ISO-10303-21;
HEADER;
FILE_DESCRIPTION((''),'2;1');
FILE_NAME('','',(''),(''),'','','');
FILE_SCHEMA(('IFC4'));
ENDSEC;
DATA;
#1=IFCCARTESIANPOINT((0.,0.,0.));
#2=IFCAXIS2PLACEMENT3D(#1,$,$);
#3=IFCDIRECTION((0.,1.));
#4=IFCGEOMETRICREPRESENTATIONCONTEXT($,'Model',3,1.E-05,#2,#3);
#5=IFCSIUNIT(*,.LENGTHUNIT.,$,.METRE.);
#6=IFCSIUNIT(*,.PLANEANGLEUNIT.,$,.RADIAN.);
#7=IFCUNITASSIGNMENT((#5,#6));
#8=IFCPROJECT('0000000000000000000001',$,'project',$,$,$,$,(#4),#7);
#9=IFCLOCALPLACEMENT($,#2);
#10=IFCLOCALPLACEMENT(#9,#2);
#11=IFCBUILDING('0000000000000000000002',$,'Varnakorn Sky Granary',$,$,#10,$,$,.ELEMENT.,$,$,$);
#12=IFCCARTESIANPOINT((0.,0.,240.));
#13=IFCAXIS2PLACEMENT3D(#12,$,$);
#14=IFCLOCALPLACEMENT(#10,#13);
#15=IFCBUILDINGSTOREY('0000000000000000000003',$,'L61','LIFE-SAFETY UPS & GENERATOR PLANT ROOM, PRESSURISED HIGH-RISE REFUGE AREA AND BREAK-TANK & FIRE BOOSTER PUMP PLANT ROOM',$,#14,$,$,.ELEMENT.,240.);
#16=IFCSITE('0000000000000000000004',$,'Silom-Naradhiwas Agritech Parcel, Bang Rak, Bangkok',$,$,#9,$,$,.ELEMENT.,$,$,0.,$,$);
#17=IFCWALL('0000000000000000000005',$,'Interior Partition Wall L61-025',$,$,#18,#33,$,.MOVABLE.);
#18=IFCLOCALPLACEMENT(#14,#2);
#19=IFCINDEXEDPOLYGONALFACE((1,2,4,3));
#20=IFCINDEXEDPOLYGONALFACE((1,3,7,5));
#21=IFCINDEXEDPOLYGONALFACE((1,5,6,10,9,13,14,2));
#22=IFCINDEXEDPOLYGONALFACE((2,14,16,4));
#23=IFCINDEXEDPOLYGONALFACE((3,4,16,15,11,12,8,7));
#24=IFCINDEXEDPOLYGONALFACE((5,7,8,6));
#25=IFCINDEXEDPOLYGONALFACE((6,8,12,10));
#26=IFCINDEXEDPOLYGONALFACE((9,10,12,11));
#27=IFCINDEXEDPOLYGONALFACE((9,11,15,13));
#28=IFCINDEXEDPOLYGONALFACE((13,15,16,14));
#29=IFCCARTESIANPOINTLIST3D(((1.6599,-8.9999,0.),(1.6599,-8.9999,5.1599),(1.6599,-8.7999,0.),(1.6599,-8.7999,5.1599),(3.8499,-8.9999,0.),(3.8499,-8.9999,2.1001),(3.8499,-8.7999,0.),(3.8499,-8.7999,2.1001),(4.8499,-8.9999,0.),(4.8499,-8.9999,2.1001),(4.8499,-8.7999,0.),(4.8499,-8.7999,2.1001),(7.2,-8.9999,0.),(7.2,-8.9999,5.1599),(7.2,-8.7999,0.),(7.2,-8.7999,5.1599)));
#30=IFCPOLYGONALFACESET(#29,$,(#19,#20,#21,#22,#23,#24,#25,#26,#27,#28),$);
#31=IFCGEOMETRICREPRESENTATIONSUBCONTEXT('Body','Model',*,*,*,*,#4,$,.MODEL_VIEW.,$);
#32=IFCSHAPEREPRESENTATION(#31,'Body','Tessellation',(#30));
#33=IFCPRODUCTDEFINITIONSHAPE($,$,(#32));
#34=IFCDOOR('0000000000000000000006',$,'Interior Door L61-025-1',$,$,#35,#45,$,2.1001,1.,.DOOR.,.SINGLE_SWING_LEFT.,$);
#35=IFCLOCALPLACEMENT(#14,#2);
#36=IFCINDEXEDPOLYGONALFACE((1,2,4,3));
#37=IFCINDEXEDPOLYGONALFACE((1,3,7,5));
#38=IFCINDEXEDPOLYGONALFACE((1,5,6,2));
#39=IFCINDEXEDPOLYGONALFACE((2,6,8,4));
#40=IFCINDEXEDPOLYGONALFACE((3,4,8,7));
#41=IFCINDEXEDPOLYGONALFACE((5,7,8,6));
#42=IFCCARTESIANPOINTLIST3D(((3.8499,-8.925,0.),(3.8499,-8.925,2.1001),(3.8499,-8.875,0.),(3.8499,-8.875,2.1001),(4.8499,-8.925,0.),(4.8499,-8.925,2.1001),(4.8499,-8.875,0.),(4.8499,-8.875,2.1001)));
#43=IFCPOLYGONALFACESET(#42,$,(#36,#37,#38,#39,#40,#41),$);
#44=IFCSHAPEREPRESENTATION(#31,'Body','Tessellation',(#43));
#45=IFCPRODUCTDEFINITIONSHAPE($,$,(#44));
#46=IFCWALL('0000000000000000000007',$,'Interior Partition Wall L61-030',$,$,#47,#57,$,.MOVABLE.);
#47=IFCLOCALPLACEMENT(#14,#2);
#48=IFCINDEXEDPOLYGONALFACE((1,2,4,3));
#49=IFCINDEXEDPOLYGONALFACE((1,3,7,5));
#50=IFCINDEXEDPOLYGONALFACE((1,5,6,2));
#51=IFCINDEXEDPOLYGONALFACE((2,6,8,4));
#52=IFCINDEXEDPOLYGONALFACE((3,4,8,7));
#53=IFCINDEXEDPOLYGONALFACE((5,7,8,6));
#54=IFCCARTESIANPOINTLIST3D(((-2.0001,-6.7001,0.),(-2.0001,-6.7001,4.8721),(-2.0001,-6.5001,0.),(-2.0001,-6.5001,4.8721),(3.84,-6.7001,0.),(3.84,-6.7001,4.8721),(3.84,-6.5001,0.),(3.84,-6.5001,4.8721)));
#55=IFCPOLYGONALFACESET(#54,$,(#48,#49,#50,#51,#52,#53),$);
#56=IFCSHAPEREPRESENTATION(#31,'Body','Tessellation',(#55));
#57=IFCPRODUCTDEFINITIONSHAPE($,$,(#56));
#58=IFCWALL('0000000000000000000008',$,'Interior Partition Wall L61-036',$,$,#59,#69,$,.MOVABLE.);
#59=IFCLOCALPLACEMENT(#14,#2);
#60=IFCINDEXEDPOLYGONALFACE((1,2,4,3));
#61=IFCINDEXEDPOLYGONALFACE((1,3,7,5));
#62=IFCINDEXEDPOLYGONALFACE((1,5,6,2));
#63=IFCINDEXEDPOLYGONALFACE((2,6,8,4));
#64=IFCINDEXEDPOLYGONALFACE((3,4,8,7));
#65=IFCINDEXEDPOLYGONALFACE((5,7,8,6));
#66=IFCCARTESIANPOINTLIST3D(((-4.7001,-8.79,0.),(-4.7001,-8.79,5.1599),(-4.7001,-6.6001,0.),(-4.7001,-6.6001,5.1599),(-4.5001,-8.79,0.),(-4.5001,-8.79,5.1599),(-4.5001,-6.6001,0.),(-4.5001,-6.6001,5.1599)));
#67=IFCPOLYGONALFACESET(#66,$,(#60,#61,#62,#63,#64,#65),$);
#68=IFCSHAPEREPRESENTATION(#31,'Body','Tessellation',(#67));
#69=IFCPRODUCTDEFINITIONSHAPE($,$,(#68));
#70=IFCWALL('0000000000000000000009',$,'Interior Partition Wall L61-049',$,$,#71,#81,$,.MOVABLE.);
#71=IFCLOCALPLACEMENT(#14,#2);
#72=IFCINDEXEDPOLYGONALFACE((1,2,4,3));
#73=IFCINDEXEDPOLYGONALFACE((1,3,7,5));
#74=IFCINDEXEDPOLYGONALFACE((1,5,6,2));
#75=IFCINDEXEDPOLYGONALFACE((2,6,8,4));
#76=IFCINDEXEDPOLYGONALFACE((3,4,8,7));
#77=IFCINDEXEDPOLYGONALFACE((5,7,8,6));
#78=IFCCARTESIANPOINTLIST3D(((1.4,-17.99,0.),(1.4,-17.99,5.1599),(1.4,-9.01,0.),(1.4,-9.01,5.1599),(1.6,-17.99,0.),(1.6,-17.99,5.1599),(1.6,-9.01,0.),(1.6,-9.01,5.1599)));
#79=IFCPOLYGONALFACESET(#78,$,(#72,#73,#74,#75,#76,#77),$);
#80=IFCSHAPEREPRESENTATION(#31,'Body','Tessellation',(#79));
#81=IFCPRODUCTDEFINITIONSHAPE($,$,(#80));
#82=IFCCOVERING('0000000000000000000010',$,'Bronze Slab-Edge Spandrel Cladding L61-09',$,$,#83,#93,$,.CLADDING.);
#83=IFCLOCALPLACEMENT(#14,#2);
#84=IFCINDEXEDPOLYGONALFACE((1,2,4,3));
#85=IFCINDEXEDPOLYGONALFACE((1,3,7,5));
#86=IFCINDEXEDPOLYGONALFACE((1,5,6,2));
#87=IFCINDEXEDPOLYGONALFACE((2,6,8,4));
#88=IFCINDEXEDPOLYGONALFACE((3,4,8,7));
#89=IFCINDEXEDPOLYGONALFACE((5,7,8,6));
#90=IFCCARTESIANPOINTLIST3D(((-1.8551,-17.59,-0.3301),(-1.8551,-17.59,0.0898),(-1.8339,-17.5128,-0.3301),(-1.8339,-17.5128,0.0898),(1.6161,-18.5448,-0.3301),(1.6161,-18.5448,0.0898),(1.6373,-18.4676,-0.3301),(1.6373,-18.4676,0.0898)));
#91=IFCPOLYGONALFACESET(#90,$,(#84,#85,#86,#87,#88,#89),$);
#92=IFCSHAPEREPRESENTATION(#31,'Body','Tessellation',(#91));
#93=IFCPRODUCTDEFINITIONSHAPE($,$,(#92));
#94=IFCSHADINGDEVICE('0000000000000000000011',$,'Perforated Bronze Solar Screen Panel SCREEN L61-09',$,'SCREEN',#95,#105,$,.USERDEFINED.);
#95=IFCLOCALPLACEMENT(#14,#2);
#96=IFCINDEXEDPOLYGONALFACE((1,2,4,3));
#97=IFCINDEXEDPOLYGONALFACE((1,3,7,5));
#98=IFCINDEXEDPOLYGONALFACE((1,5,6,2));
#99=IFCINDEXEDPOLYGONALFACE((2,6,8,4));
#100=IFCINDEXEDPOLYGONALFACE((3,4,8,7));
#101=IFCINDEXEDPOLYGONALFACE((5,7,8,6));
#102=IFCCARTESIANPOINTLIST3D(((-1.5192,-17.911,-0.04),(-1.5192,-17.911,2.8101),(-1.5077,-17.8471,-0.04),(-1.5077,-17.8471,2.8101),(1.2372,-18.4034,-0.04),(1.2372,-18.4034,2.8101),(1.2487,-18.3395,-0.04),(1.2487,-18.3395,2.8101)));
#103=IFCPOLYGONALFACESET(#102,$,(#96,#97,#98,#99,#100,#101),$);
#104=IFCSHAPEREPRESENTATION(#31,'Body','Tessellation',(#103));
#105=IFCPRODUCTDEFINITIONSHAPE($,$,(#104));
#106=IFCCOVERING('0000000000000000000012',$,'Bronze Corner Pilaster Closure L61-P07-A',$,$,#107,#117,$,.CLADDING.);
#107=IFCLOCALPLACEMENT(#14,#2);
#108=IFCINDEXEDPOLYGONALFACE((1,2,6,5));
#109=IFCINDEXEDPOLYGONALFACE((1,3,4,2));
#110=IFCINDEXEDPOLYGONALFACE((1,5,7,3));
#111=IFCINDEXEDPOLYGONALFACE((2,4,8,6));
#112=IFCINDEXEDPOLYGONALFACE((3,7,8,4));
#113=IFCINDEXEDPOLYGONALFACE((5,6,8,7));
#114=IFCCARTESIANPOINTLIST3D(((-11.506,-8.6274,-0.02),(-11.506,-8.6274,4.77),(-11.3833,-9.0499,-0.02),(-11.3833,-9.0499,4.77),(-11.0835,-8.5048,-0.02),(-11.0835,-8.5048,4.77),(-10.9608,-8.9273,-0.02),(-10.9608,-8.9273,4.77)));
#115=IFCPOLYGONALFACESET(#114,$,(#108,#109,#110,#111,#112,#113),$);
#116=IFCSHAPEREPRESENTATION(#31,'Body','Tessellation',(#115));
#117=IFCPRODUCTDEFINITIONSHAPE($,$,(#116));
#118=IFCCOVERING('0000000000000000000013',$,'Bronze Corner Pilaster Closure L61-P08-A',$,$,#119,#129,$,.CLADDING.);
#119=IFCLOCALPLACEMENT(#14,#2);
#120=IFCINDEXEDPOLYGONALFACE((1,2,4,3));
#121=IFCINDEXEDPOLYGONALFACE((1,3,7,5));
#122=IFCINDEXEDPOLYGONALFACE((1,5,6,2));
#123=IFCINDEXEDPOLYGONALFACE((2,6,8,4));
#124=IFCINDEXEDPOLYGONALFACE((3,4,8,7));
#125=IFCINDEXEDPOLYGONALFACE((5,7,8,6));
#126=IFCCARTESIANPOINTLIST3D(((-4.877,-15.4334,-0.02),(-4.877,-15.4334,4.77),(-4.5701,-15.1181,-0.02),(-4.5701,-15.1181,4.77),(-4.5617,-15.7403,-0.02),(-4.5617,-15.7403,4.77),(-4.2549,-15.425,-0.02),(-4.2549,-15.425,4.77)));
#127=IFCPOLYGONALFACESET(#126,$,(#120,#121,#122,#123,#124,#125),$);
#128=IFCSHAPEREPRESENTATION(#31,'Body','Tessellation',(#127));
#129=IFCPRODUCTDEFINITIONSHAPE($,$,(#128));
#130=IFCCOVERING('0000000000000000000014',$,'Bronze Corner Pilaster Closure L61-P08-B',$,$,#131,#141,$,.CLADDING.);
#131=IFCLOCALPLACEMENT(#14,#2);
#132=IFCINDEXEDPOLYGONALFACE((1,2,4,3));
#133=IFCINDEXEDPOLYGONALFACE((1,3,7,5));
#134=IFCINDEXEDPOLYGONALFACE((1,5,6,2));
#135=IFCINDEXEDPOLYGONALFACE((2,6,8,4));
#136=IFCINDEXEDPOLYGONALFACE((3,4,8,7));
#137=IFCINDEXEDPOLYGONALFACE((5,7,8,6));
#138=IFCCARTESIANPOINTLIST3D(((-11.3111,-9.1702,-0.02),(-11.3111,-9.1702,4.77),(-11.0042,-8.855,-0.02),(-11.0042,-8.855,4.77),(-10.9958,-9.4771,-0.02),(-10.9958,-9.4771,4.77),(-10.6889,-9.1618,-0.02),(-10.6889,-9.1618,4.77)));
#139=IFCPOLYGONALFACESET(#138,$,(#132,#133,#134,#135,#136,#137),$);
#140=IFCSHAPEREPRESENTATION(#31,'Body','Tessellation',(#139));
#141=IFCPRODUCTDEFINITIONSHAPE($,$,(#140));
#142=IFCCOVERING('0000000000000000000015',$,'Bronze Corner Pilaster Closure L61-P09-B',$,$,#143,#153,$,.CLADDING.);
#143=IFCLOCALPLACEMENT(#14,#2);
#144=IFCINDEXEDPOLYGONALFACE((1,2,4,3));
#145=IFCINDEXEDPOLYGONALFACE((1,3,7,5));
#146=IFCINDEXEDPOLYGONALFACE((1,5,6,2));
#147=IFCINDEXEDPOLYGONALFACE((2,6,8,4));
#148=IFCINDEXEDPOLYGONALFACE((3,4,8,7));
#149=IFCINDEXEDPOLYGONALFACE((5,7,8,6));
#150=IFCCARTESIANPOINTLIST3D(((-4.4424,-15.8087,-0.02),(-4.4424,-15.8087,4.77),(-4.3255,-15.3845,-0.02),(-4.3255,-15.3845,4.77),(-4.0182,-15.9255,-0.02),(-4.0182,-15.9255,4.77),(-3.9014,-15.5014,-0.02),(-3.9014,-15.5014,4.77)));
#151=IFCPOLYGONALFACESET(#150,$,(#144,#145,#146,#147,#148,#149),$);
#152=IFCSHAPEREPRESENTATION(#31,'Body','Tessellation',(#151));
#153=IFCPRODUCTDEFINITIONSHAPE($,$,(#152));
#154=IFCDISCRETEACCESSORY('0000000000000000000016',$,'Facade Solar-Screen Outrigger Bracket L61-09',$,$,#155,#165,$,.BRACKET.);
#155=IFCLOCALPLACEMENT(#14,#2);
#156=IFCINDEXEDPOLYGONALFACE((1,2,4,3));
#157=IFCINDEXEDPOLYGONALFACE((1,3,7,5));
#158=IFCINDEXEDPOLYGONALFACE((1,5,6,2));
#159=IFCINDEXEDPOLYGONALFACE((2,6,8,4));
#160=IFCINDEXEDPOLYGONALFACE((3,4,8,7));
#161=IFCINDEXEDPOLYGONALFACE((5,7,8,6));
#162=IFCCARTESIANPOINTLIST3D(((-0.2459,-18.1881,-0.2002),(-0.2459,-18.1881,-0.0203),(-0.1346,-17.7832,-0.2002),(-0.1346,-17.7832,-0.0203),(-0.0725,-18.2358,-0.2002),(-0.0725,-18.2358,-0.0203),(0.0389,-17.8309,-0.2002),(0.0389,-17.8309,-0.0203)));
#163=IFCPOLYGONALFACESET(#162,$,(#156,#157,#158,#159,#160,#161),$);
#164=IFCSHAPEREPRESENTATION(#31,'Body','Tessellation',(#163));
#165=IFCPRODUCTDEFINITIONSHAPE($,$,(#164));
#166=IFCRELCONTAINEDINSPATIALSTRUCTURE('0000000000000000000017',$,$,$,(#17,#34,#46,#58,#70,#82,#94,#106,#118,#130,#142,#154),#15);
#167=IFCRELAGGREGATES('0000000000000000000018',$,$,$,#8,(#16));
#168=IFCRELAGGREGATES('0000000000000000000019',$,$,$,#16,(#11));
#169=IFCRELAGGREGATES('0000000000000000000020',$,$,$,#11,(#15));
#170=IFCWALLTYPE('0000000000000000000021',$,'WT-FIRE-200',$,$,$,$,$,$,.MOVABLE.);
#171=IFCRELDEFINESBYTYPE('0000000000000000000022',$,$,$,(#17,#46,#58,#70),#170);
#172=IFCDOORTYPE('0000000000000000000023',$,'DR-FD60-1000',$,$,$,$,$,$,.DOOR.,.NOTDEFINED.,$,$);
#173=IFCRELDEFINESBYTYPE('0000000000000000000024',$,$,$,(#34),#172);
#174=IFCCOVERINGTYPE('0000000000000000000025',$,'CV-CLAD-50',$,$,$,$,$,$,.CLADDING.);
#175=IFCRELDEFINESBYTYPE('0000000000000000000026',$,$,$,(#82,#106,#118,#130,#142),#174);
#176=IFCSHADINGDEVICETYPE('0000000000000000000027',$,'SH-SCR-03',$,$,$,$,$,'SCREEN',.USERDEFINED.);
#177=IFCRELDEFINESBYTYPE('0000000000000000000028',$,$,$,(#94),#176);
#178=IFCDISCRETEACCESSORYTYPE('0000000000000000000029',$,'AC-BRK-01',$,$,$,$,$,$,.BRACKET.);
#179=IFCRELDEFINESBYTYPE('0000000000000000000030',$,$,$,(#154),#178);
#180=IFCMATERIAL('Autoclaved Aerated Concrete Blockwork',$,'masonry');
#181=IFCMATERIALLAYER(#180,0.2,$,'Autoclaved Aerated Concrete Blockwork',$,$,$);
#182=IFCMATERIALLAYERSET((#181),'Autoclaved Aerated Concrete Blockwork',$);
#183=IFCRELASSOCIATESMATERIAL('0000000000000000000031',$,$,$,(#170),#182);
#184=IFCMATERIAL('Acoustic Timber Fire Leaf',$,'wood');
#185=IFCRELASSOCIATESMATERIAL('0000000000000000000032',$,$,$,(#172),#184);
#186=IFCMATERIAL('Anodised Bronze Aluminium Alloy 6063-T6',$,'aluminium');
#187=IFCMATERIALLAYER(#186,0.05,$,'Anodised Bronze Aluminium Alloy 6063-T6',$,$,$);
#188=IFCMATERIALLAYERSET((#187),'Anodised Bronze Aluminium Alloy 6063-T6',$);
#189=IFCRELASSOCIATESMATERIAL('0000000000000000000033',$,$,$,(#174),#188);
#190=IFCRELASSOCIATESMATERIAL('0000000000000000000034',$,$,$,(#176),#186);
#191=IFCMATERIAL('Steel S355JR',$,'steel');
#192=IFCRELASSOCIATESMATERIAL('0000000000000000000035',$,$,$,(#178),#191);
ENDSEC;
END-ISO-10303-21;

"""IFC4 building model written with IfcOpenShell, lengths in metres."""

from ifc_helpers import new_model, si_unit, direction, frame, frame_2d, origin, origin_2d, place, context, subcontext, project, spatial, rectangle, extrude, source, transform, mapped, material, layer, layer_set, type_object, type_shapes, element, fill, save


model = new_model("IFC4")

# Units and contexts
model_context = context("Model", 3, precision=1e-05, world=origin(), true_north=direction((0.0, 1.0)))
body_context = subcontext(model_context, "Body", "Model", "MODEL_VIEW")
ifc_project = project(units=[si_unit("LENGTHUNIT", "METRE"), si_unit("PLANEANGLEUNIT", "RADIAN")], contexts=[model_context])

# Site, building, storey
site_placement = place(None, origin())
site = spatial("IfcSite", under=ifc_project, at=site_placement, Name="Silom-Naradhiwas Agritech Parcel, Bang Rak, Bangkok", CompositionType="ELEMENT", RefElevation=0.0)
building_placement = place(site_placement, origin())
building = spatial("IfcBuilding", under=site, at=building_placement, Name="Varnakorn Sky Granary", CompositionType="ELEMENT")
storey_placement = place(building_placement, frame((0.0, 0.0, 240.0)))
storey = spatial("IfcBuildingStorey", under=building, at=storey_placement, Name="L61", Description="LIFE-SAFETY UPS & GENERATOR PLANT ROOM, PRESSURISED HIGH-RISE REFUGE AREA AND BREAK-TANK & FIRE BOOSTER PUMP PLANT ROOM", CompositionType="ELEMENT", Elevation=240.0)

# Shared definitions
ifc_material_1 = material(Name="Steel S355JR", Category="steel")

# Wall, opening, door
ifc_material_2 = material(Name="Autoclaved Aerated Concrete Blockwork", Category="masonry")
ifc_layer_1 = layer(ifc_material_2, 0.2, Name="Autoclaved Aerated Concrete Blockwork")
ifc_layer_set_1 = layer_set([ifc_layer_1], Name="Autoclaved Aerated Concrete Blockwork")
wall_type_1 = type_object("IfcWallType", Name="WT-FIRE-200", PredefinedType="MOVABLE", material=ifc_layer_set_1)
ifc_material_3 = material(Name="Acoustic Timber Fire Leaf", Category="wood")
door_type = type_object("IfcDoorType", Name="DR-FD60-1000", OperationType="NOTDEFINED", PredefinedType="DOOR", material=ifc_material_3)
wall_1_placement = place(storey_placement, frame((1.6599, -8.8999, 0.0), z_axis=(0.0, 0.0, 1.0), x_axis=(1.0, 0.0, 0.0)))
wall_1 = element("IfcWall", 1, at=wall_1_placement, inside=storey, type_object=wall_type_1, Name="Interior Partition Wall L61-025", PredefinedType="MOVABLE", context=body_context, shape_type="SweptSolid", body=[
    extrude(rectangle(XDim=5.54, YDim=0.2, at=frame_2d((2.77, 0.0))), origin(), (0.0, 0.0, 1.0), 5.1599),
])
opening_1_placement = place(wall_1_placement, frame((2.1899, 0.0, 0.0)))
opening_1 = element("IfcOpeningElement", 2, at=opening_1_placement, cuts=wall_1, PredefinedType="OPENING", context=body_context, shape_type="SweptSolid", body=[
    extrude(rectangle(XDim=1.0, YDim=2.1001, at=frame_2d((0.5, 1.05))), frame((0.0, 0.1099, 0.0), z_axis=(0.0, -1.0, 0.0), x_axis=(1.0, 0.0, 0.0)), (0.0, 0.0, 1.0), 0.22),
])
door_1_placement = place(opening_1_placement, origin())
door_1 = element("IfcDoor", 3, at=door_1_placement, inside=storey, type_object=door_type, Name="Interior Door L61-025-1", OperationType="SINGLE_SWING_LEFT", OverallHeight=2.1001, OverallWidth=1.0, PredefinedType="DOOR", context=body_context, shape_type="SweptSolid", body=[
    extrude(rectangle(XDim=1.0, YDim=2.1001, at=frame_2d((0.5, 1.05))), frame((0.0, 0.0249, 0.0), z_axis=(0.0, -1.0, 0.0), x_axis=(1.0, 0.0, 0.0)), (0.0, 0.0, 1.0), 0.05),
])
fill(opening_1, door_1)

# Walls
wall_2_placement = place(storey_placement, frame((-2.0, -6.6001, 0.0), z_axis=(0.0, 0.0, 1.0), x_axis=(1.0, 0.0, 0.0)))
element("IfcWall", 4, at=wall_2_placement, inside=storey, type_object=wall_type_1, Name="Interior Partition Wall L61-030", PredefinedType="MOVABLE", context=body_context, shape_type="SweptSolid", body=[
    extrude(rectangle(XDim=5.8401, YDim=0.2, at=frame_2d((2.9199, 0.0))), origin(), (0.0, 0.0, 1.0), 4.8721),
])
wall_3_placement = place(storey_placement, frame((-4.6001, -6.6001, 0.0), z_axis=(0.0, 0.0, 1.0), x_axis=(0.0, -1.0, 0.0)))
element("IfcWall", 5, at=wall_3_placement, inside=storey, type_object=wall_type_1, Name="Interior Partition Wall L61-036", PredefinedType="MOVABLE", context=body_context, shape_type="SweptSolid", body=[
    extrude(rectangle(XDim=2.1899, YDim=0.2, at=frame_2d((1.095, 0.0))), origin(), (0.0, 0.0, 1.0), 5.1599),
])
wall_4_placement = place(storey_placement, frame((1.5, -9.01, 0.0), z_axis=(0.0, 0.0, 1.0), x_axis=(0.0, -1.0, 0.0)))
element("IfcWall", 6, at=wall_4_placement, inside=storey, type_object=wall_type_1, Name="Interior Partition Wall L61-049", PredefinedType="MOVABLE", context=body_context, shape_type="SweptSolid", body=[
    extrude(rectangle(XDim=8.98, YDim=0.2, at=frame_2d((4.49, 0.0))), origin(), (0.0, 0.0, 1.0), 5.1599),
])

# Covering
ifc_material_4 = material(Name="Anodised Bronze Aluminium Alloy 6063-T6", Category="aluminium")
ifc_layer_2 = layer(ifc_material_4, 0.05, Name="Anodised Bronze Aluminium Alloy 6063-T6")
ifc_layer_set_2 = layer_set([ifc_layer_2], Name="Anodised Bronze Aluminium Alloy 6063-T6")
covering_type = type_object("IfcCoveringType", Name="CV-CLAD-50", PredefinedType="CLADDING", material=ifc_layer_set_2)
shared_shape_1 = source(origin(), body_context, "Body", "SweptSolid", [
    extrude(rectangle(XDim=3.6001, YDim=0.0801, at=origin_2d()), origin(), (0.0, 0.0, 1.0), 0.4199),
])
covering_placement = place(storey_placement, frame((-0.1089, -18.0288, -0.3301), z_axis=(0.0, 0.0, 1.0), x_axis=(0.964193, -0.265202, 0.0)))
element("IfcCovering", 7, at=covering_placement, inside=storey, type_object=covering_type, Name="Bronze Slab-Edge Spandrel Cladding L61-09", PredefinedType="CLADDING", context=body_context, shape_type="MappedRepresentation", body=[
    mapped(shared_shape_1, transform((0.0, 0.0, 0.0), x_axis=(1.0, 0.0, 0.0), y_axis=(0.0, 1.0, 0.0), z_axis=(0.0, 0.0, 1.0), scale=1.0)),
])

# Shading device
shading_device_type = type_object("IfcShadingDeviceType", Name="SH-SCR-03", ElementType="SCREEN", PredefinedType="USERDEFINED", material=ifc_material_4)
shared_shape_2 = source(origin(), body_context, "Body", "SweptSolid", [
    extrude(rectangle(XDim=2.8, YDim=0.0649, at=origin_2d()), origin(), (0.0, 0.0, 1.0), 2.8501),
])
type_shapes(shading_device_type, [shared_shape_2])
shading_device_placement = place(storey_placement, frame((-0.1353, -18.1252, -0.04), z_axis=(0.0, 0.0, 1.0), x_axis=(0.984414, -0.175864, 0.0)))
element("IfcShadingDevice", 8, at=shading_device_placement, inside=storey, type_object=shading_device_type, Name="Perforated Bronze Solar Screen Panel SCREEN L61-09", ObjectType="SCREEN", PredefinedType="USERDEFINED", context=body_context, shape_type="MappedRepresentation", body=[
    mapped(shared_shape_2, transform((0.0, 0.0, 0.0), x_axis=(1.0, 0.0, 0.0), y_axis=(0.0, 1.0, 0.0), z_axis=(0.0, 0.0, 1.0), scale=1.0)),
])

# Coverings
shared_shape_3 = source(origin(), body_context, "Body", "SweptSolid", [
    extrude(rectangle(XDim=0.4399, YDim=0.4399, at=origin_2d()), origin(), (0.0, 0.0, 1.0), 4.79),
])
type_shapes(covering_type, [shared_shape_1, shared_shape_3])
for number, where, z_axis, x_axis, name in (
    (9, (-11.2334, -8.7773, -0.02), (0.0, 0.0, 1.0), (-0.278823, 0.960342, 0.0), "Bronze Corner Pilaster Closure L61-P07-A"),
    (10, (-4.5659, -15.4292, -0.02), (0.0, 0.0, 1.0), (-0.716545, 0.69754, 0.0), "Bronze Corner Pilaster Closure L61-P08-A"),
    (11, (-11.0, -9.166, -0.02), (0.0, 0.0, 1.0), (-0.716545, 0.69754, 0.0), "Bronze Corner Pilaster Closure L61-P08-B"),
    (12, (-4.1719, -15.655, -0.02), (0.0, 0.0, 1.0), (-0.964095, 0.265556, 0.0), "Bronze Corner Pilaster Closure L61-P09-B"),
):
    element("IfcCovering", number, at=place(storey_placement, frame(where, z_axis=z_axis, x_axis=x_axis)), inside=storey, type_object=covering_type, Name=name, PredefinedType="CLADDING", context=body_context, shape_type="MappedRepresentation", body=[
        mapped(shared_shape_3, transform((0.0, 0.0, 0.0), x_axis=(1.0, 0.0, 0.0), y_axis=(0.0, 1.0, 0.0), z_axis=(0.0, 0.0, 1.0), scale=1.0)),
    ])

# Discrete accessory
discrete_accessory_type = type_object("IfcDiscreteAccessoryType", Name="AC-BRK-01", PredefinedType="BRACKET", material=ifc_material_1)
shared_shape_4 = source(origin(), body_context, "Body", "SweptSolid", [
    extrude(rectangle(XDim=0.1799, YDim=0.4199, at=origin_2d()), origin(), (0.0, 0.0, 1.0), 0.1799),
])
type_shapes(discrete_accessory_type, [shared_shape_4])
discrete_accessory_placement = place(storey_placement, frame((-0.1035, -18.0095, -0.2002), z_axis=(0.0, 0.0, 1.0), x_axis=(0.964193, -0.265202, 0.0)))
element("IfcDiscreteAccessory", 13, at=discrete_accessory_placement, inside=storey, type_object=discrete_accessory_type, Name="Facade Solar-Screen Outrigger Bracket L61-09", PredefinedType="BRACKET", context=body_context, shape_type="MappedRepresentation", body=[
    mapped(shared_shape_4, transform((0.0, 0.0, 0.0), x_axis=(1.0, 0.0, 0.0), y_axis=(0.0, 1.0, 0.0), z_axis=(0.0, 0.0, 1.0), scale=1.0)),
])

save(model, "model.ifc")
